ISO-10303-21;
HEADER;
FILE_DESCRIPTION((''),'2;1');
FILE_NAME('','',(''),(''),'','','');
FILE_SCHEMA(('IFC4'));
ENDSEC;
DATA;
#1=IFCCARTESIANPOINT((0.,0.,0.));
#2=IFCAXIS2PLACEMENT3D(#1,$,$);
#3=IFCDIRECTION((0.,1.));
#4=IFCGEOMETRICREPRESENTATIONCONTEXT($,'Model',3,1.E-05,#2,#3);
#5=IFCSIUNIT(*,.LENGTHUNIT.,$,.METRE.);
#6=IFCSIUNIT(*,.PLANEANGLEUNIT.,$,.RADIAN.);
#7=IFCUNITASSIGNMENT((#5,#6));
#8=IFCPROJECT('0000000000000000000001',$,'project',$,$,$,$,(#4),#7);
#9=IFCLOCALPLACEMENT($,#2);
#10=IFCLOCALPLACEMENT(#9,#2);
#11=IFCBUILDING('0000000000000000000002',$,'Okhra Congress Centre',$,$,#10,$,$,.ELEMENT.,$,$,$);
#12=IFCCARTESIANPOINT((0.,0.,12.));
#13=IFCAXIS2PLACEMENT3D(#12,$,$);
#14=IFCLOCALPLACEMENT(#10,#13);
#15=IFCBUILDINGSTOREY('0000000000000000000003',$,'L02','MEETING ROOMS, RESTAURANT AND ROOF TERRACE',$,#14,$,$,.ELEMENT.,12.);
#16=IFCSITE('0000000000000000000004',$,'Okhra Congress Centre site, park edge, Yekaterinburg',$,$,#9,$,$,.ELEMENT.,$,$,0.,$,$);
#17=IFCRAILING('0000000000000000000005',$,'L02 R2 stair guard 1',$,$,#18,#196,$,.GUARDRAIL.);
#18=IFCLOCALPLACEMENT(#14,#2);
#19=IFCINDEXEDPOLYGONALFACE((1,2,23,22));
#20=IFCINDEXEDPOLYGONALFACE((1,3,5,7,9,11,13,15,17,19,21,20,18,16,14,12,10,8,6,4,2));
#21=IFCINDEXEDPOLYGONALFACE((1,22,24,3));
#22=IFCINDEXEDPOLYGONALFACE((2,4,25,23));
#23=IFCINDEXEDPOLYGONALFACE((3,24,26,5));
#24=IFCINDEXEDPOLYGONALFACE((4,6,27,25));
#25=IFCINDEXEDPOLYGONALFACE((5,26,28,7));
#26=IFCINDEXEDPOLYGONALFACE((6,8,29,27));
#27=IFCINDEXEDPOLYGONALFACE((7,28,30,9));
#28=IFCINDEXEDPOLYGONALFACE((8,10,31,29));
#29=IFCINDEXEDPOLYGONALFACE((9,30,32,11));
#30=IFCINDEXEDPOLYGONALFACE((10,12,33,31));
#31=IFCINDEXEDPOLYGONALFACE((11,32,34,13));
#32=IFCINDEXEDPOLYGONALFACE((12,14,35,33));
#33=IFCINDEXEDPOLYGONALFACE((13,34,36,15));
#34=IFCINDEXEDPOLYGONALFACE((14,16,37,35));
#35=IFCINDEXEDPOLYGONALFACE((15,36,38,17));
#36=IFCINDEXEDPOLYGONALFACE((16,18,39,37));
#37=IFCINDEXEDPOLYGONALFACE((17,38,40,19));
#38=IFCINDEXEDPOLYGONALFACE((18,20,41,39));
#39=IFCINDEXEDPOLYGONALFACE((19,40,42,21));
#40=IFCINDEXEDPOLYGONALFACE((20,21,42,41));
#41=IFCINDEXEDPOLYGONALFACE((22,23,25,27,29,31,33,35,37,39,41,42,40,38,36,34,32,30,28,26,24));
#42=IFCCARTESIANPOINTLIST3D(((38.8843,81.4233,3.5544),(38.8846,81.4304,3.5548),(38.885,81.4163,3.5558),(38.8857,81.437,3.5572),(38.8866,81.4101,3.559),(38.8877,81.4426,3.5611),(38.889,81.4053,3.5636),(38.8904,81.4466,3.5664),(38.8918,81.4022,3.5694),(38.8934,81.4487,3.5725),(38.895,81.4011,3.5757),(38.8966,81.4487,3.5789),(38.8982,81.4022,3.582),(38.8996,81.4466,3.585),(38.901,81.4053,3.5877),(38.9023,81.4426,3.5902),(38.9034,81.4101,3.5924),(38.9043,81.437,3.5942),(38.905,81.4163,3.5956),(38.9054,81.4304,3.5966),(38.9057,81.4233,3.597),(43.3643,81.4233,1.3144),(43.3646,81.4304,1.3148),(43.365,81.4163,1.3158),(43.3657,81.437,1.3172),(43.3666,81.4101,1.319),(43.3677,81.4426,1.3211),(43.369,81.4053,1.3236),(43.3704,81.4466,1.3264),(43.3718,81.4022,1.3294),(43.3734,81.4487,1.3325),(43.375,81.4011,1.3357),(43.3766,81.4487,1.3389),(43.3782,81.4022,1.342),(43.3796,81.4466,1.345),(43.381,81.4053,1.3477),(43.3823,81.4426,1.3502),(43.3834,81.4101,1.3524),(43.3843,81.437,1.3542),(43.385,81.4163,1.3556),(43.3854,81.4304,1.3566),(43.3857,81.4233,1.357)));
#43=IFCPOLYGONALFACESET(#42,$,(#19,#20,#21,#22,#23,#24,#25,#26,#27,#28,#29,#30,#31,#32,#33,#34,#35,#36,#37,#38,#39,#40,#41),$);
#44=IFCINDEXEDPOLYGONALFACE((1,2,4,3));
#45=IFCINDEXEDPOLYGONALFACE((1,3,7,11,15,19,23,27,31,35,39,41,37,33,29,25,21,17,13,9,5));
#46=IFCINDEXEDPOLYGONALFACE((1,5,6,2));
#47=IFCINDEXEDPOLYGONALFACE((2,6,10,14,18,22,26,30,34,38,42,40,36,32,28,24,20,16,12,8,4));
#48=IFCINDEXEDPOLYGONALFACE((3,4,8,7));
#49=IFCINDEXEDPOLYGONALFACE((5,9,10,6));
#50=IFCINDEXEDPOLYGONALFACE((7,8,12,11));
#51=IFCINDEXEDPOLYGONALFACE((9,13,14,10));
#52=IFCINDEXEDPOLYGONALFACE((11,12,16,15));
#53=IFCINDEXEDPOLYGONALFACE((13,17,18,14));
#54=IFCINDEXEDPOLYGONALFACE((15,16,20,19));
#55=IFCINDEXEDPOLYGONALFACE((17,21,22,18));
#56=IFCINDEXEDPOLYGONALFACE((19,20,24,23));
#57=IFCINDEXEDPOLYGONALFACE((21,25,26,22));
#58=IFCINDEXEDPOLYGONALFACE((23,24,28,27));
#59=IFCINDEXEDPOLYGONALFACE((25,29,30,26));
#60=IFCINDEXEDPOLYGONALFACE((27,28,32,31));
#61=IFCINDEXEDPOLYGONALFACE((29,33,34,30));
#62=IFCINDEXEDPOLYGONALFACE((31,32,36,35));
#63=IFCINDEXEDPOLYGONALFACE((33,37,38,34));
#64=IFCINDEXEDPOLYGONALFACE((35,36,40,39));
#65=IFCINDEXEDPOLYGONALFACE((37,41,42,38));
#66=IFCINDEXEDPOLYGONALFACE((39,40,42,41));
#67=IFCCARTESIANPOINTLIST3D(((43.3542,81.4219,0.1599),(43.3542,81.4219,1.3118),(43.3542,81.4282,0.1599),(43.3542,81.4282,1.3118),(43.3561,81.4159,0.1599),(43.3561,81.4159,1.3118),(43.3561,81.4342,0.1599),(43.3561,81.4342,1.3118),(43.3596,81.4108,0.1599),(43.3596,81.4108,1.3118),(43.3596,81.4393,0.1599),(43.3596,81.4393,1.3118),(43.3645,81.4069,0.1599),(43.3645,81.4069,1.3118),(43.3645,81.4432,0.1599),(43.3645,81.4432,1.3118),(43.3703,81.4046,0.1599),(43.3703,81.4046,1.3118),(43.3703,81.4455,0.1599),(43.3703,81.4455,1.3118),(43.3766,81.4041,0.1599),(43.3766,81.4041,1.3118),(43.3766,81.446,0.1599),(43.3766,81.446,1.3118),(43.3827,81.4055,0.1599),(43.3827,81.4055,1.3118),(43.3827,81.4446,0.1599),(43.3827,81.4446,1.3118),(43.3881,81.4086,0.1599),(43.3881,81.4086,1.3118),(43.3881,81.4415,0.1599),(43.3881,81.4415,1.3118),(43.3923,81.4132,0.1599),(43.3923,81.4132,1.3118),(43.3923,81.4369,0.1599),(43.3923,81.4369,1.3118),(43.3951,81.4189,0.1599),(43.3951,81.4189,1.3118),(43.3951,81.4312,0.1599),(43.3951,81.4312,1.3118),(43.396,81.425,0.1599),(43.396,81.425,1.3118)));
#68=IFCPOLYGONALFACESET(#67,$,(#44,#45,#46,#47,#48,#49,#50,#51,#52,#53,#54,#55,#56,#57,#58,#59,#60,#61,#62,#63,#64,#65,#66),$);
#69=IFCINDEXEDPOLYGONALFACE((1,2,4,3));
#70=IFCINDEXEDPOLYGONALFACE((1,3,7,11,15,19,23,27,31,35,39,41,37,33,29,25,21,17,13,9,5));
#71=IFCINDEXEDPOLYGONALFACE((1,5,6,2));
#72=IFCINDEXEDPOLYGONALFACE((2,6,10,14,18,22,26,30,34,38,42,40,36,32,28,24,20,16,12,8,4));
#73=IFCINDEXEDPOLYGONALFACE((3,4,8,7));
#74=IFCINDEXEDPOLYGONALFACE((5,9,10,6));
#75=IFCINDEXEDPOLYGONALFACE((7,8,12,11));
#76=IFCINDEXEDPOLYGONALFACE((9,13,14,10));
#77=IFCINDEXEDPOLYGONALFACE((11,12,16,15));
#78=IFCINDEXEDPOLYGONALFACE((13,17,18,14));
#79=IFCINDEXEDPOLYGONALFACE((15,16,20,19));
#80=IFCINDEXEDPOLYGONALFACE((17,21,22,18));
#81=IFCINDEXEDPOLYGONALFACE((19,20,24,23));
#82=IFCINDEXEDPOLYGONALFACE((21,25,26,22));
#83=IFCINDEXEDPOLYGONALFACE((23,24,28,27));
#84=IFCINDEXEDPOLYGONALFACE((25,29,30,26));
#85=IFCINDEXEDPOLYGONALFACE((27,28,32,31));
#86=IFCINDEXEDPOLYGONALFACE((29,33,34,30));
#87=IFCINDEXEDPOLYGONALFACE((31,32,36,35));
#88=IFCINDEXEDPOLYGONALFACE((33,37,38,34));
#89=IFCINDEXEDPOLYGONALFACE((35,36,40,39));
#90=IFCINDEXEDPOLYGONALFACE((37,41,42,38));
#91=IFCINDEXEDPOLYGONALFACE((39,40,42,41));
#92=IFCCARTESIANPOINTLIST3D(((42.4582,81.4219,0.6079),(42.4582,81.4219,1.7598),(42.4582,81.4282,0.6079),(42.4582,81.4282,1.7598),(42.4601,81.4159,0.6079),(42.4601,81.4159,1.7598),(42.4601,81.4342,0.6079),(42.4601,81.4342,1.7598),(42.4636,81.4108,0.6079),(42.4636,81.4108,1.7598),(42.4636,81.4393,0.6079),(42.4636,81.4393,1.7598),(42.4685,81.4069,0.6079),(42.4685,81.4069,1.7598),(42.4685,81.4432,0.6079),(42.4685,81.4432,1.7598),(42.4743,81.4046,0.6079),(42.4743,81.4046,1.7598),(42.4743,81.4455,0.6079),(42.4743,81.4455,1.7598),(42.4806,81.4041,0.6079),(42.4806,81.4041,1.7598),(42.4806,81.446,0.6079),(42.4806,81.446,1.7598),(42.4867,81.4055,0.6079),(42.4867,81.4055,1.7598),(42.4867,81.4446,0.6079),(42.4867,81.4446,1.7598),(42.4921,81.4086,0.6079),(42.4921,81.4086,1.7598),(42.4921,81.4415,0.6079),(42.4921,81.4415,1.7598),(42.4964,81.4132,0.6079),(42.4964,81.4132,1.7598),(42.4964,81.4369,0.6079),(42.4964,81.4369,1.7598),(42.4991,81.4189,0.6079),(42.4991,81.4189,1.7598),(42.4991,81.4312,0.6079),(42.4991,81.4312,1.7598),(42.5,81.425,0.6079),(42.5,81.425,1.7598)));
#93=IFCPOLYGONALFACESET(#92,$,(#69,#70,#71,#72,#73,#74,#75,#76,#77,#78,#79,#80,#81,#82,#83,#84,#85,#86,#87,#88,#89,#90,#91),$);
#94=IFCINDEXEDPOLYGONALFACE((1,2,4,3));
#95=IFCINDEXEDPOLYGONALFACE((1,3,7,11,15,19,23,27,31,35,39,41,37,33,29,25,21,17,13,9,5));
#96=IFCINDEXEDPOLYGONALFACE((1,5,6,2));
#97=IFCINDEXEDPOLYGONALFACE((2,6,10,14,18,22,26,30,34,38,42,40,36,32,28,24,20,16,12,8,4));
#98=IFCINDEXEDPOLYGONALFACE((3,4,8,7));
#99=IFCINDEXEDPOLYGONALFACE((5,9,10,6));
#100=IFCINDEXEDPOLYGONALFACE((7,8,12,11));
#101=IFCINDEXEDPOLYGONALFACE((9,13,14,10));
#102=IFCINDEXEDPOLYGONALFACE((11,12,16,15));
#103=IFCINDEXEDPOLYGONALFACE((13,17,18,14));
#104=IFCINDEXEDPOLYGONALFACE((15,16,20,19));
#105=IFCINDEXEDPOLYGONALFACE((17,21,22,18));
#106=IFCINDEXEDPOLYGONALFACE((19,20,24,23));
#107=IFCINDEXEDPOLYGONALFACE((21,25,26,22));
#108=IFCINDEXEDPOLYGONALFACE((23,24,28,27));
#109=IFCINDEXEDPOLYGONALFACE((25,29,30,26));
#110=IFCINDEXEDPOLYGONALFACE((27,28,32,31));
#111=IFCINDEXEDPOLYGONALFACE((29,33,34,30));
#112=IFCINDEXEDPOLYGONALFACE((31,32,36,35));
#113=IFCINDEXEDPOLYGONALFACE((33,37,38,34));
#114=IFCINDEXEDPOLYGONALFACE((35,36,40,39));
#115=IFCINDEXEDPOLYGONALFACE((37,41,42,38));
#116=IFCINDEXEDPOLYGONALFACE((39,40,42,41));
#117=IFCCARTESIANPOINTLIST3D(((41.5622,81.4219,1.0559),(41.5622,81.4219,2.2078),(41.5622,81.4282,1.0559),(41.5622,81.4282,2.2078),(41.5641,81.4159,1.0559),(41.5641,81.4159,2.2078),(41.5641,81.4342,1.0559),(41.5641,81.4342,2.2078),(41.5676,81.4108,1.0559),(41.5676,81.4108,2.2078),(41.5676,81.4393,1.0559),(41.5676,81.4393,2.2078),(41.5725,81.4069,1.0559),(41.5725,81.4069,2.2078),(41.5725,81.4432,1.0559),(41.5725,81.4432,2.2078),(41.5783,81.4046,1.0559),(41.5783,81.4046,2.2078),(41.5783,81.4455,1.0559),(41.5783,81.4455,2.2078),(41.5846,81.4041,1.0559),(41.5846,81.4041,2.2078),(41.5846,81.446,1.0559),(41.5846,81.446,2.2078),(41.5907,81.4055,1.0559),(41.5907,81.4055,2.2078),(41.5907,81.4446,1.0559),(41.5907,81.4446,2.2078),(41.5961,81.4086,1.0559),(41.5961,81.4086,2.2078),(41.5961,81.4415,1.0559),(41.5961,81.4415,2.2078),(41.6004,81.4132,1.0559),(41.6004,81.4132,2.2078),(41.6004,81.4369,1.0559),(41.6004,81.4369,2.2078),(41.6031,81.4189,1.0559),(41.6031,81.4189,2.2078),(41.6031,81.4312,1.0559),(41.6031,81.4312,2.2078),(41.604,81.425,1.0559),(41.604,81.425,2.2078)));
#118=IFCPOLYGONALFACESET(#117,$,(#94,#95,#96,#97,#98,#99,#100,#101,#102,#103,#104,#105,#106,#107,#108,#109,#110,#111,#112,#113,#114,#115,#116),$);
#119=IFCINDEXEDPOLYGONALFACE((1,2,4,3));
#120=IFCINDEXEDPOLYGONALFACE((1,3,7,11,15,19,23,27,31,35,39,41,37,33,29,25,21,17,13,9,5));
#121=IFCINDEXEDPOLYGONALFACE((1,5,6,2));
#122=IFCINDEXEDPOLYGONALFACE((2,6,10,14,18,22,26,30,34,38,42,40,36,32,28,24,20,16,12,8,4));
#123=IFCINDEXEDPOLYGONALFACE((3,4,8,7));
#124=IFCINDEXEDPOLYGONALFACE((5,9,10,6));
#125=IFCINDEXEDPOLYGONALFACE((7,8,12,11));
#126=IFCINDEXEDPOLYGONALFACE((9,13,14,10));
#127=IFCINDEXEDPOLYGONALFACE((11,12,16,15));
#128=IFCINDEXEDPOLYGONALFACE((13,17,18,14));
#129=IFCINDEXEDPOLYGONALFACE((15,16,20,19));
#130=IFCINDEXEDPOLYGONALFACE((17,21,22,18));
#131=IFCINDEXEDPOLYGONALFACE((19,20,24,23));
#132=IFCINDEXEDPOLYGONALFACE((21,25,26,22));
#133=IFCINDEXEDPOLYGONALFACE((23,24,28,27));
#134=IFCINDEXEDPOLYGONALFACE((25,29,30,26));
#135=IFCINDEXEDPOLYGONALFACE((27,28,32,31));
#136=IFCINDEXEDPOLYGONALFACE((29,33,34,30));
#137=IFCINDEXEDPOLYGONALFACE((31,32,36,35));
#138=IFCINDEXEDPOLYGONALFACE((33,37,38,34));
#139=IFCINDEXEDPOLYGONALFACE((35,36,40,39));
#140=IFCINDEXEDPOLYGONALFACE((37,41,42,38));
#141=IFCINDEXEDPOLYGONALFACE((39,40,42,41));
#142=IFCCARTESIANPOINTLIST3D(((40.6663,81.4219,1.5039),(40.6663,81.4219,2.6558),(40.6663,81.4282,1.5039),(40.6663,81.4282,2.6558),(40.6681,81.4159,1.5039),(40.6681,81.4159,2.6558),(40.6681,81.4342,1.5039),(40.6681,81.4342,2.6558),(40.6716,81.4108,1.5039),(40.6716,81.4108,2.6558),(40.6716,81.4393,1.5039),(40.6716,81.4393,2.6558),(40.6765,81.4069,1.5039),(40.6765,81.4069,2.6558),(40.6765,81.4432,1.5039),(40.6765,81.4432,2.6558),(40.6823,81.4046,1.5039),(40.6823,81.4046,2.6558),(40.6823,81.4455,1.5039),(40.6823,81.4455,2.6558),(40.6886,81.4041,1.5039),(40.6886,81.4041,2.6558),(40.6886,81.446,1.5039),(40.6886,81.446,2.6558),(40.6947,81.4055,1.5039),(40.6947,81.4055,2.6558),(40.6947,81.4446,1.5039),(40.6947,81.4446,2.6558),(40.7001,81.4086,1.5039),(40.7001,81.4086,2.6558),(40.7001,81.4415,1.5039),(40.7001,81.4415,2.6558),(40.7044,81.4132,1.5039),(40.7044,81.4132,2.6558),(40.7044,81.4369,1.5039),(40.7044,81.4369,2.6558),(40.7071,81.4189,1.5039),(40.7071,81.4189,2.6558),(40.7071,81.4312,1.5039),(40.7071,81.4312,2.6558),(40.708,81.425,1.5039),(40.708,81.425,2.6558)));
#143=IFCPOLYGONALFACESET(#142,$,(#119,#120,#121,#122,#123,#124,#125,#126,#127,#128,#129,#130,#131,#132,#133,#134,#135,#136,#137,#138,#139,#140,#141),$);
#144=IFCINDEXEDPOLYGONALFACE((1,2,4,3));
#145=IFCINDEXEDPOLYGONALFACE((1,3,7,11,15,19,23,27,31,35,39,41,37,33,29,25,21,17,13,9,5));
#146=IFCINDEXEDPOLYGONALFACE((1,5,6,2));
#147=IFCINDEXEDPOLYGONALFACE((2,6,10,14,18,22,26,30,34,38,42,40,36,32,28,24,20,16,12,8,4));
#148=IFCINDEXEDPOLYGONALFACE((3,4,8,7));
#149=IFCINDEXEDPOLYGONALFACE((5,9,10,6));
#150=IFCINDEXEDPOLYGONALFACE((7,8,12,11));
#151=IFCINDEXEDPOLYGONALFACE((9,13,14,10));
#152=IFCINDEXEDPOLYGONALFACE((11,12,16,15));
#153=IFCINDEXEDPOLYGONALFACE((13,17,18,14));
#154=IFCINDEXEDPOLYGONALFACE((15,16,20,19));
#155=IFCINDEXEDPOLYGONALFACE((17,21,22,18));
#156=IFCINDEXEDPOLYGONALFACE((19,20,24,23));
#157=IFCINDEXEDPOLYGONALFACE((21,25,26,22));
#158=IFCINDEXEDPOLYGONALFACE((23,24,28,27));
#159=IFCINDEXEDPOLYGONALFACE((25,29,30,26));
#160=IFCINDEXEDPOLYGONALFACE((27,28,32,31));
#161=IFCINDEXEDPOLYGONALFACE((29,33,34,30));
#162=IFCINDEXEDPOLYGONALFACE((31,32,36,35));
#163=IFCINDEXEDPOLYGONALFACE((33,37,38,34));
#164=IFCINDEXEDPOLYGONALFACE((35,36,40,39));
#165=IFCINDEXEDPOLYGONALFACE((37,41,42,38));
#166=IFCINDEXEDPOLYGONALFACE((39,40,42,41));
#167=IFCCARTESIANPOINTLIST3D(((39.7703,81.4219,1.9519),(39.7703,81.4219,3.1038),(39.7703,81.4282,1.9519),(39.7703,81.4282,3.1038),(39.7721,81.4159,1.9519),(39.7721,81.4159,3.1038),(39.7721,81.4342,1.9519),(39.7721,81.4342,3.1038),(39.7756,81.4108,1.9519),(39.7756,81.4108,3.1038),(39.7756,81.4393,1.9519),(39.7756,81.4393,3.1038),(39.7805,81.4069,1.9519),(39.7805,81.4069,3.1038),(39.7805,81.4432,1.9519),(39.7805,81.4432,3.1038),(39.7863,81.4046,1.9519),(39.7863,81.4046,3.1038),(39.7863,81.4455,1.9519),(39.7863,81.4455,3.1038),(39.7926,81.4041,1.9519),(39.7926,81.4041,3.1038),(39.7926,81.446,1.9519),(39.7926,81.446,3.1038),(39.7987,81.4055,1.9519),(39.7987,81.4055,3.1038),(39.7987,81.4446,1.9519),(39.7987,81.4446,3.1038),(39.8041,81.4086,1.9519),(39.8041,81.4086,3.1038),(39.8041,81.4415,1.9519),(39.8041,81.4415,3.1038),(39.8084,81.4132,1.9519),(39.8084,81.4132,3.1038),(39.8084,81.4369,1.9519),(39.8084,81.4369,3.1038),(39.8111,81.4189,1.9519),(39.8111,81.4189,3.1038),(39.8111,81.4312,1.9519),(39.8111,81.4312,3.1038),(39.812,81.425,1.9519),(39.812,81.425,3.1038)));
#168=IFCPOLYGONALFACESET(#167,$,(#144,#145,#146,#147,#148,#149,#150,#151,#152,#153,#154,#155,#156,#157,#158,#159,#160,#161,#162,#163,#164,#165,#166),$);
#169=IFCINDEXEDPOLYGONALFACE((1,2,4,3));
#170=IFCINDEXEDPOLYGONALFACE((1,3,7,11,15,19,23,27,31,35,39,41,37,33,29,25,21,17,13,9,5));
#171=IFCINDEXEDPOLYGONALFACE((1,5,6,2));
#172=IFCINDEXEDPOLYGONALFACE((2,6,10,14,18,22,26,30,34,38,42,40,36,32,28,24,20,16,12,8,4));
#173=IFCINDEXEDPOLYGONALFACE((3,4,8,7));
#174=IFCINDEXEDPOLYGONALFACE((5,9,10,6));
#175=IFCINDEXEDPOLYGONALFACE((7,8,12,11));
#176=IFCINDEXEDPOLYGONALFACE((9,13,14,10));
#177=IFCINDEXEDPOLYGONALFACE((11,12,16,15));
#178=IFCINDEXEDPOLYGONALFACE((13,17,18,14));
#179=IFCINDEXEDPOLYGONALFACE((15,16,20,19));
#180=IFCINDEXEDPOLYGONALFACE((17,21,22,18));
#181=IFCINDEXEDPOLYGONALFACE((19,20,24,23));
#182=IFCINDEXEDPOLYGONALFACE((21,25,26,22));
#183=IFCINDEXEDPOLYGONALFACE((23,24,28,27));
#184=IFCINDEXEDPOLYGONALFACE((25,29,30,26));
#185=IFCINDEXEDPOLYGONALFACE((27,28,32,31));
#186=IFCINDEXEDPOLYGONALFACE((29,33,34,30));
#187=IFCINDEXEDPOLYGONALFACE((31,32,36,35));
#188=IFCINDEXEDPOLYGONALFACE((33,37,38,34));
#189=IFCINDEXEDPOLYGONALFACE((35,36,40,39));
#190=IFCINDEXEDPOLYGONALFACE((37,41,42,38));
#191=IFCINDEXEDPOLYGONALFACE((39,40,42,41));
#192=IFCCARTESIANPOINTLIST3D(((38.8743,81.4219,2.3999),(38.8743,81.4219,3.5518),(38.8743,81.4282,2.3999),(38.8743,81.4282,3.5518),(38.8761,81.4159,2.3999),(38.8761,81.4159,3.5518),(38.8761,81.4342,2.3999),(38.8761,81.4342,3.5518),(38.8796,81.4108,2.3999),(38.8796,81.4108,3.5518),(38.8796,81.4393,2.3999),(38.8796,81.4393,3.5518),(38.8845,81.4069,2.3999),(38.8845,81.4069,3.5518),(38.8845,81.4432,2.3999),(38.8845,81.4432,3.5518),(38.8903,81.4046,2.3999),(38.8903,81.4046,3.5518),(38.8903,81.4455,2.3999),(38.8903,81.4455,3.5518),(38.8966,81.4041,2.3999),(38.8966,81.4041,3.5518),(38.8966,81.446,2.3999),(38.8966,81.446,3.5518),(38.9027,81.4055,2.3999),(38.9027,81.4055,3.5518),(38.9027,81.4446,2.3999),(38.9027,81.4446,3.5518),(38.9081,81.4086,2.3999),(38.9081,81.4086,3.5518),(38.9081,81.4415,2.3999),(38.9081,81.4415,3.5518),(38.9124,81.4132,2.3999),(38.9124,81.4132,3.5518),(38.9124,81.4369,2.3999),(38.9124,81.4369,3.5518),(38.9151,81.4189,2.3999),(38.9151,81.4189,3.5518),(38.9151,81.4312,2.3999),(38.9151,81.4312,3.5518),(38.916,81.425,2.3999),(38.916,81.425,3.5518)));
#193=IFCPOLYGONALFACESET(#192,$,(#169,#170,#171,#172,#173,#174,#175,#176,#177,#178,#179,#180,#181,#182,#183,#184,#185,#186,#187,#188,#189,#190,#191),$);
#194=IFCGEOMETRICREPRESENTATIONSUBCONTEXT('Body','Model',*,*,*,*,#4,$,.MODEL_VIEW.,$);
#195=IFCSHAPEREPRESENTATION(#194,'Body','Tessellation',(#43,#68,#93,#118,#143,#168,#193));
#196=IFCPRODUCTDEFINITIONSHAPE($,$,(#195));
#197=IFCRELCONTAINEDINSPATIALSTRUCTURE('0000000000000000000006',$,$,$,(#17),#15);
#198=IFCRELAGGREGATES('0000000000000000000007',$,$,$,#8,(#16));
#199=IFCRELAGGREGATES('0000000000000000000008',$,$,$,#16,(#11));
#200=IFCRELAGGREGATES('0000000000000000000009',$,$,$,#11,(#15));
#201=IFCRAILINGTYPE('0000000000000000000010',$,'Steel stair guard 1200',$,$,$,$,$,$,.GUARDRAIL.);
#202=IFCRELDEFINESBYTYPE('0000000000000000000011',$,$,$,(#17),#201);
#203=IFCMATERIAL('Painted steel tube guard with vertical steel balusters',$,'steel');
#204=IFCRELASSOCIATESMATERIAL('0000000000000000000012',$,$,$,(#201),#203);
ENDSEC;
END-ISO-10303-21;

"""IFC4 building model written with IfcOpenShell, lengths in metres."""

from ifc_helpers import new_model, si_unit, direction, frame, origin, origin_2d, place, context, subcontext, project, spatial, circle, extrude, material, type_object, element, save


model = new_model("IFC4")

# Units and contexts
model_context = context("Model", 3, precision=1e-05, world=origin(), true_north=direction((0.0, 1.0)))
body_context = subcontext(model_context, "Body", "Model", "MODEL_VIEW")
ifc_project = project(units=[si_unit("LENGTHUNIT", "METRE"), si_unit("PLANEANGLEUNIT", "RADIAN")], contexts=[model_context])

# Site, building, storey
site_placement = place(None, origin())
site = spatial("IfcSite", under=ifc_project, at=site_placement, Name="Okhra Congress Centre site, park edge, Yekaterinburg", CompositionType="ELEMENT", RefElevation=0.0)
building_placement = place(site_placement, origin())
building = spatial("IfcBuilding", under=site, at=building_placement, Name="Okhra Congress Centre", CompositionType="ELEMENT")
storey_placement = place(building_placement, frame((0.0, 0.0, 12.0)))
storey = spatial("IfcBuildingStorey", under=building, at=storey_placement, Name="L02", Description="MEETING ROOMS, RESTAURANT AND ROOF TERRACE", CompositionType="ELEMENT", Elevation=12.0)

# Railing
ifc_material_1 = material(Name="Painted steel tube guard with vertical steel balusters", Category="steel")
railing_type_1 = type_object("IfcRailingType", Name="Steel stair guard 1200", PredefinedType="GUARDRAIL", material=ifc_material_1)
railing_1_placement = place(storey_placement, frame((43.375, 81.425, 0.1599)))
element("IfcRailing", 1, at=railing_1_placement, inside=storey, type_object=railing_type_1, Name="L02 R2 stair guard 1", PredefinedType="GUARDRAIL", context=body_context, shape_type="SweptSolid", body=[
    extrude(circle(Radius=0.0239, at=origin_2d()), frame((0.0, 0.0, 1.1758), z_axis=(-0.894427, 0.0, 0.447214), x_axis=(0.0, -1.0, 0.0)), (0.0, 0.0, 1.0), 5.0088),
    extrude(circle(Radius=0.021, at=origin_2d()), origin(), (0.0, 0.0, 1.0), 1.1519),
    extrude(circle(Radius=0.021, at=origin_2d()), frame((-0.896, 0.0, 0.448)), (0.0, 0.0, 1.0), 1.1519),
    extrude(circle(Radius=0.021, at=origin_2d()), frame((-1.792, 0.0, 0.896)), (0.0, 0.0, 1.0), 1.1519),
    extrude(circle(Radius=0.021, at=origin_2d()), frame((-2.688, 0.0, 1.344)), (0.0, 0.0, 1.0), 1.1519),
    extrude(circle(Radius=0.021, at=origin_2d()), frame((-3.584, 0.0, 1.792)), (0.0, 0.0, 1.0), 1.1519),
    extrude(circle(Radius=0.021, at=origin_2d()), frame((-4.48, 0.0, 2.24)), (0.0, 0.0, 1.0), 1.1519),
])

save(model, "model.ifc")
